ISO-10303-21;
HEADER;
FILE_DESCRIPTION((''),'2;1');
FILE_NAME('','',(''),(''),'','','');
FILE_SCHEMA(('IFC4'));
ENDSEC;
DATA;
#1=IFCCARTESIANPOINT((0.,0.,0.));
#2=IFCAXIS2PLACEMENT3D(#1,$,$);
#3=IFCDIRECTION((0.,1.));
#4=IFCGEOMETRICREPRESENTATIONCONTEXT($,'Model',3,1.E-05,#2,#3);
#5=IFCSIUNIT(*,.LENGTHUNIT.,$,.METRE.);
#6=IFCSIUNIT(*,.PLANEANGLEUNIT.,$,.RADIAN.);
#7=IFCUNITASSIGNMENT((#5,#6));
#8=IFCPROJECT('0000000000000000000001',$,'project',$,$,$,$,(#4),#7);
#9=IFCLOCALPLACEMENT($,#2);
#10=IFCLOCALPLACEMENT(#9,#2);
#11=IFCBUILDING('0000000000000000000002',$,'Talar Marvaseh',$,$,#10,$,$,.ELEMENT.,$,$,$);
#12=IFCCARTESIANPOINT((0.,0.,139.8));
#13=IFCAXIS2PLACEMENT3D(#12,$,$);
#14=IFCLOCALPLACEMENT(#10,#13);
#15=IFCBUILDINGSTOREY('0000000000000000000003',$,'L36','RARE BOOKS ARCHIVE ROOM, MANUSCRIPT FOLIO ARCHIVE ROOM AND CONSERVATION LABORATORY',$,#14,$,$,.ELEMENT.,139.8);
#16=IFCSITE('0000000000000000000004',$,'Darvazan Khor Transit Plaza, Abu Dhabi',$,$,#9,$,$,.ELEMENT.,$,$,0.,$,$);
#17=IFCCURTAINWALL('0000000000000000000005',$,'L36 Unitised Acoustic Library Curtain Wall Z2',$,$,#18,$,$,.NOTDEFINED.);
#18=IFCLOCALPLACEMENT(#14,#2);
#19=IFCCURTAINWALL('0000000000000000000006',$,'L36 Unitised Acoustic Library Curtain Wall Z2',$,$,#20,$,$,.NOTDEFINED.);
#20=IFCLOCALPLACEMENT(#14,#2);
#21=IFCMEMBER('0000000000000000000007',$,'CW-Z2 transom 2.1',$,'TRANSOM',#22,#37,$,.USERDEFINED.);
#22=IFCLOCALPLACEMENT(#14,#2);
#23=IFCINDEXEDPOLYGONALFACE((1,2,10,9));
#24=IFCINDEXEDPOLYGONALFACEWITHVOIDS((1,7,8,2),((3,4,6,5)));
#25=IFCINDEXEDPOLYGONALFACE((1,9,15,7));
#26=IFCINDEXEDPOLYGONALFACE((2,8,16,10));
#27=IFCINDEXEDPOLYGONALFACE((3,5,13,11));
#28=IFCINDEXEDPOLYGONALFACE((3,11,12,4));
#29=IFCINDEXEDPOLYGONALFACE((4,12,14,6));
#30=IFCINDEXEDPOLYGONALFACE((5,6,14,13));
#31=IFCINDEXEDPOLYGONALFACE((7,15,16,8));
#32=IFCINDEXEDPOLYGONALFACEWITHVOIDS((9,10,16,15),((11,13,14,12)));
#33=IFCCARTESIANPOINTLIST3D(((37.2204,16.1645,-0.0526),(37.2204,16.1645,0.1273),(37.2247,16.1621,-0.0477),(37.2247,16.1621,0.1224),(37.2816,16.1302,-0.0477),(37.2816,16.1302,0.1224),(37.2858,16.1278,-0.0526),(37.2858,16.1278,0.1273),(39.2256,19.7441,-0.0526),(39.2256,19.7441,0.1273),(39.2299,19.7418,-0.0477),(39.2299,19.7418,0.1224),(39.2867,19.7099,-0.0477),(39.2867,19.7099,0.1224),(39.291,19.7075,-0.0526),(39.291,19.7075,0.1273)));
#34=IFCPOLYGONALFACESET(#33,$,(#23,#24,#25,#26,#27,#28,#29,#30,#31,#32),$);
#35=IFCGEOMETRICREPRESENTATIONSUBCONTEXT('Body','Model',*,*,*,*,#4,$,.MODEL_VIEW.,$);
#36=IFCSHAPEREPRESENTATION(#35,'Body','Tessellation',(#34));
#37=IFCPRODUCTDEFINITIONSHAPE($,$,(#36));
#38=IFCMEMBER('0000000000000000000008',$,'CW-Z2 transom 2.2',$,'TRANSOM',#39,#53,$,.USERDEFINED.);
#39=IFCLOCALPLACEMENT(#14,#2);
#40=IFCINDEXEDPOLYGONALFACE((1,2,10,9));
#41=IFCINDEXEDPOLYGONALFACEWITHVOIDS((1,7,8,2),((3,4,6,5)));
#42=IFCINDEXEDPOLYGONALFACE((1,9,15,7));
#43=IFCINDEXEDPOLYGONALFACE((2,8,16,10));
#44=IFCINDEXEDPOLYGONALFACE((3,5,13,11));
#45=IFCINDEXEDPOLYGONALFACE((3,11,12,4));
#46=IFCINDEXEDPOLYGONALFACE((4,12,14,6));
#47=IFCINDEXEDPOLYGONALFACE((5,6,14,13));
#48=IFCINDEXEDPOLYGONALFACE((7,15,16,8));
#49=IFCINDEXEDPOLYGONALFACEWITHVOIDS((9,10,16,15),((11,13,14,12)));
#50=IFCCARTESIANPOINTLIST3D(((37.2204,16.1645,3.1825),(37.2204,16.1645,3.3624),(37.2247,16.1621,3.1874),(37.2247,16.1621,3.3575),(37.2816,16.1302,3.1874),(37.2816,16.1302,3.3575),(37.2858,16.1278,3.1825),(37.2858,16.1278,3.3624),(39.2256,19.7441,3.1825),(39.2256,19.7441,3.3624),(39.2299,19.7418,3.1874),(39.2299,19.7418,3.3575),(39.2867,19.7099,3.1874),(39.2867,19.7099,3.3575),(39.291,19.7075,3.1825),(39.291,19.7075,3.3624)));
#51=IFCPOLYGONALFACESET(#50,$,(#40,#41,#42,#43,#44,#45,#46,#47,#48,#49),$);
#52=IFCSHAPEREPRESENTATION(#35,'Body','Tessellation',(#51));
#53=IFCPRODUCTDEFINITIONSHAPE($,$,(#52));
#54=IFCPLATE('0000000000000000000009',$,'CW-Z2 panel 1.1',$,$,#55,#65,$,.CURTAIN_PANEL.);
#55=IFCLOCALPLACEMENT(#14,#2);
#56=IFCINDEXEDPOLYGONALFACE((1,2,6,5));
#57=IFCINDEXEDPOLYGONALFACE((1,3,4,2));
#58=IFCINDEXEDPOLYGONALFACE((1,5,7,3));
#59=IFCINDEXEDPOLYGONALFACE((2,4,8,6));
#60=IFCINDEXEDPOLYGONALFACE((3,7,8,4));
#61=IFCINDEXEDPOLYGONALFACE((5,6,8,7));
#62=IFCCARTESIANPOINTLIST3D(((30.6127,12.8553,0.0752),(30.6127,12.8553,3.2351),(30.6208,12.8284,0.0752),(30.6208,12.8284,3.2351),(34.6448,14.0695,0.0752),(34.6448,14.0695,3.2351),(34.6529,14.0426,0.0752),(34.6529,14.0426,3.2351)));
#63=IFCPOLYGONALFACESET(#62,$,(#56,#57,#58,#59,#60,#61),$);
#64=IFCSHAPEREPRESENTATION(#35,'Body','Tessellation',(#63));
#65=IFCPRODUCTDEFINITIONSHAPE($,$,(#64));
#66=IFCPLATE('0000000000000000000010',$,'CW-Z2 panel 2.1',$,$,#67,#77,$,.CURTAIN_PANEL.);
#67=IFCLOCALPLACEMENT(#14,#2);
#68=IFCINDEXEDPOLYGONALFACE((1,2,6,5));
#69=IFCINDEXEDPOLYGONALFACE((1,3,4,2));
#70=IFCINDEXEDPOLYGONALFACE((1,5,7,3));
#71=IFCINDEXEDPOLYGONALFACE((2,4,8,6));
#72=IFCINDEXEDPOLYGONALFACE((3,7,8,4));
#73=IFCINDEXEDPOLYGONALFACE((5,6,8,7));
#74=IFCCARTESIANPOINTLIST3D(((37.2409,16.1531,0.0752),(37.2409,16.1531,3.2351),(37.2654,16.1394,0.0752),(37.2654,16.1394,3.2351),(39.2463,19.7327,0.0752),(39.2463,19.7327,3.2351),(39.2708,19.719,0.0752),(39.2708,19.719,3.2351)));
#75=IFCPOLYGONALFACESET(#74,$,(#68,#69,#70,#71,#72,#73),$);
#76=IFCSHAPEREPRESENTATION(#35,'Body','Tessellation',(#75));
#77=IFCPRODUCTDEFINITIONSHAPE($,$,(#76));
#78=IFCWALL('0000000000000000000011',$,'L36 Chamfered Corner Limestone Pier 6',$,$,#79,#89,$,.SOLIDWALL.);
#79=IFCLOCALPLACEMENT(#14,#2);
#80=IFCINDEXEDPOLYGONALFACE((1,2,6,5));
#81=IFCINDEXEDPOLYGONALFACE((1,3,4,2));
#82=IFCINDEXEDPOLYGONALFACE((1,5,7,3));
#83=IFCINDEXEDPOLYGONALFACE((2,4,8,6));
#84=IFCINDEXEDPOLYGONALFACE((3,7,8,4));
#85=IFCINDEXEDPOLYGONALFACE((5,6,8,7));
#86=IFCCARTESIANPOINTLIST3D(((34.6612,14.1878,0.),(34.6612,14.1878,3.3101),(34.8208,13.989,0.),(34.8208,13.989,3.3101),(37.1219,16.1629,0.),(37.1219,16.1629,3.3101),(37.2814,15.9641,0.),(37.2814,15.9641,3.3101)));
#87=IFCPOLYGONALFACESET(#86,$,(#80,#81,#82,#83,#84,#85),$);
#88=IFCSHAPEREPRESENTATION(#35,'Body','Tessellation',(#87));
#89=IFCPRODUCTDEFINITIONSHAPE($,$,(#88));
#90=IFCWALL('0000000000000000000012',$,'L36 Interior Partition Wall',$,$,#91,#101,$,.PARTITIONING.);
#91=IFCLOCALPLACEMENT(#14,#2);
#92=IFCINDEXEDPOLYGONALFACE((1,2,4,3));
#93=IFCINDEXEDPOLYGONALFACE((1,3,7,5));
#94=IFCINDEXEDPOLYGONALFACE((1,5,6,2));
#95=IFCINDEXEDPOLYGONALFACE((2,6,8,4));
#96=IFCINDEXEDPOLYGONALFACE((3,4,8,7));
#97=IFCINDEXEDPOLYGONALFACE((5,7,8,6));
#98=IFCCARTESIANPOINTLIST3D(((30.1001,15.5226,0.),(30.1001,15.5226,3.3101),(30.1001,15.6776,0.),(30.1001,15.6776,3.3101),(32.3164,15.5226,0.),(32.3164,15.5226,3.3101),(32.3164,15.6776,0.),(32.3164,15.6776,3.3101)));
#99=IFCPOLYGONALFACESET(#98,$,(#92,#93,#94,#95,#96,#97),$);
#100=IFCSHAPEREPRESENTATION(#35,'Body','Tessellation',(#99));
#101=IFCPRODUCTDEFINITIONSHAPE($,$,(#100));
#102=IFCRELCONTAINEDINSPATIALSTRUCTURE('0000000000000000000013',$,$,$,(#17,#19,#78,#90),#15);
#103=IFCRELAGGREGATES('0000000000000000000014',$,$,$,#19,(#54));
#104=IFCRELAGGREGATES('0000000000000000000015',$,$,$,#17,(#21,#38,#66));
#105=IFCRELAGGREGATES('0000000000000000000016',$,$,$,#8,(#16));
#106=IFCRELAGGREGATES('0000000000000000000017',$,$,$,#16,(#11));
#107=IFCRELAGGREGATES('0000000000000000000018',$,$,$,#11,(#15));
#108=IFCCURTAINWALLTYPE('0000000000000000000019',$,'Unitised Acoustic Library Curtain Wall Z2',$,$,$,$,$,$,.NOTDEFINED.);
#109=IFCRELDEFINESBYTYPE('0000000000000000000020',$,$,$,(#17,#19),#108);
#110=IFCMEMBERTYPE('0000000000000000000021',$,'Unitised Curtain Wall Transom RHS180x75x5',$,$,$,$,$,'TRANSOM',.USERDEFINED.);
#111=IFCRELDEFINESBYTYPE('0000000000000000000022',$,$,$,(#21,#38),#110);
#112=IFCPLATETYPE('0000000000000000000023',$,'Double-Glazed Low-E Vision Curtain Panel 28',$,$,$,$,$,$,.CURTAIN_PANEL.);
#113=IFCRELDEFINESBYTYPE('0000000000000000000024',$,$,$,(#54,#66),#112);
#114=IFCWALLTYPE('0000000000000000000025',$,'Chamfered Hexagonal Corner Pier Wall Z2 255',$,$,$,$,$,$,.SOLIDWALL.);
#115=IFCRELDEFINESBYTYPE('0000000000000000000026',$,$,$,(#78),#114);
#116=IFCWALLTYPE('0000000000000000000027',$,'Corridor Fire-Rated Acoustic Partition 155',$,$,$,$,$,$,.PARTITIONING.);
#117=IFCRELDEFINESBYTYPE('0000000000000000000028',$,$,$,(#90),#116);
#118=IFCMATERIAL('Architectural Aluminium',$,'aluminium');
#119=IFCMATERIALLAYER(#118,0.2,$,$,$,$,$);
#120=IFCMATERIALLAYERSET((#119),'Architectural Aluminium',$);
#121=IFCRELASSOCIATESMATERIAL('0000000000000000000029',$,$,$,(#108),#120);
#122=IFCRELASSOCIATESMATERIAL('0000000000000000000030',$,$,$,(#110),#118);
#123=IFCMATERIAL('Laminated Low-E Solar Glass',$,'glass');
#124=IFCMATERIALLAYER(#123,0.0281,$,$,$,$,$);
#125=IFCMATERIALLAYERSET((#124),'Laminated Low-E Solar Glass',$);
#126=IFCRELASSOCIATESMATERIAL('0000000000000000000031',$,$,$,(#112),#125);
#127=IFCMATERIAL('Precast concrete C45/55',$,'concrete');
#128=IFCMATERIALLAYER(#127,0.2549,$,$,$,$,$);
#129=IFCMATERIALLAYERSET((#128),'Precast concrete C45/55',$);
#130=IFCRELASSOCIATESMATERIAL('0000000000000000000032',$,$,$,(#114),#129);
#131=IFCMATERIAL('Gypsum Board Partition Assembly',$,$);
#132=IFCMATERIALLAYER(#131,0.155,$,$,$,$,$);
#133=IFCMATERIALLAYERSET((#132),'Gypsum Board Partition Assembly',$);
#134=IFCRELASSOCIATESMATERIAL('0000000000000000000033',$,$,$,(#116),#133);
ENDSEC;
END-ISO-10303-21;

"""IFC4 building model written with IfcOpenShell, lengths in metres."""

from ifc_helpers import new_model, si_unit, direction, frame, frame_2d, origin, origin_2d, place, context, subcontext, project, spatial, rectangle, hollow_rectangle, extrude, source, transform, mapped, material, layer, layer_set, material_profile, profile_set, type_object, type_shapes, element, aggregate, save


model = new_model("IFC4")

# Units and contexts
model_context = context("Model", 3, precision=1e-05, world=origin(), true_north=direction((0.0, 1.0)))
body_context = subcontext(model_context, "Body", "Model", "MODEL_VIEW")
ifc_project = project(units=[si_unit("LENGTHUNIT", "METRE"), si_unit("PLANEANGLEUNIT", "RADIAN")], contexts=[model_context])

# Site, building, storey
site_placement = place(None, origin())
site = spatial("IfcSite", under=ifc_project, at=site_placement, Name="Darvazan Khor Transit Plaza, Abu Dhabi", CompositionType="ELEMENT", RefElevation=0.0)
building_placement = place(site_placement, origin())
building = spatial("IfcBuilding", under=site, at=building_placement, Name="Talar Marvaseh", CompositionType="ELEMENT")
storey_placement = place(building_placement, frame((0.0, 0.0, 139.8)))
storey = spatial("IfcBuildingStorey", under=building, at=storey_placement, Name="L36", Description="RARE BOOKS ARCHIVE ROOM, MANUSCRIPT FOLIO ARCHIVE ROOM AND CONSERVATION LABORATORY", CompositionType="ELEMENT", Elevation=139.8)

# Curtain walls
ifc_material_1 = material(Name="Architectural Aluminium", Category="aluminium")
ifc_layer_1 = layer(ifc_material_1, 0.2)
ifc_layer_set_1 = layer_set([ifc_layer_1], Name="Architectural Aluminium")
curtain_wall_type = type_object("IfcCurtainWallType", Name="Unitised Acoustic Library Curtain Wall Z2", PredefinedType="NOTDEFINED", material=ifc_layer_set_1)
curtain_wall_1_placement = place(storey_placement, origin())
curtain_wall_1 = element("IfcCurtainWall", 1, at=curtain_wall_1_placement, inside=storey, type_object=curtain_wall_type, Name="L36 Unitised Acoustic Library Curtain Wall Z2", PredefinedType="NOTDEFINED")
curtain_wall_2_placement = place(storey_placement, origin())
curtain_wall_2 = element("IfcCurtainWall", 2, at=curtain_wall_2_placement, inside=storey, type_object=curtain_wall_type, Name="L36 Unitised Acoustic Library Curtain Wall Z2", PredefinedType="NOTDEFINED")
ifc_material_profile_1 = material_profile(ifc_material_1, hollow_rectangle(XDim=0.075, YDim=0.1799, WallThickness=0.0049, at=origin_2d()), Name="RHS180x75x5")
ifc_profile_set_1 = profile_set([ifc_material_profile_1], Name="Architectural Aluminium")
member_type_1 = type_object("IfcMemberType", Name="Unitised Curtain Wall Transom RHS180x75x5", ElementType="TRANSOM", PredefinedType="USERDEFINED", material=ifc_profile_set_1)

# Members
shared_shape_1 = source(origin(), body_context, "Body", "SweptSolid", [
    extrude(hollow_rectangle(XDim=0.075, YDim=0.1799, WallThickness=0.0049, at=origin_2d()), origin(), (0.0, 0.0, 1.0), 4.103),
])
member_1_placement = place(storey_placement, frame((39.2583, 19.7258, 0.0374), z_axis=(-0.488707, -0.872448, 0.0), x_axis=(0.872448, -0.488707, 0.0)))
member_1 = element("IfcMember", 3, at=member_1_placement, type_object=member_type_1, Name="CW-Z2 transom 2.1", ObjectType="TRANSOM", PredefinedType="USERDEFINED", context=body_context, shape_type="MappedRepresentation", body=[
    mapped(shared_shape_1, transform((0.0, 0.0, 0.0), x_axis=(1.0, 0.0, 0.0), y_axis=(0.0, 1.0, 0.0), z_axis=(0.0, 0.0, 1.0), scale=1.0)),
])
member_2_placement = place(storey_placement, frame((39.2583, 19.7258, 3.2725), z_axis=(-0.488707, -0.872448, 0.0), x_axis=(0.872448, -0.488707, 0.0)))
member_2 = element("IfcMember", 4, at=member_2_placement, type_object=member_type_1, Name="CW-Z2 transom 2.2", ObjectType="TRANSOM", PredefinedType="USERDEFINED", context=body_context, shape_type="MappedRepresentation", body=[
    mapped(shared_shape_1, transform((0.0, 0.0, 0.0), x_axis=(1.0, 0.0, 0.0), y_axis=(0.0, 1.0, 0.0), z_axis=(0.0, 0.0, 1.0), scale=1.0)),
])

# Plates
ifc_material_2 = material(Name="Laminated Low-E Solar Glass", Category="glass")
ifc_layer_2 = layer(ifc_material_2, 0.0281)
ifc_layer_set_2 = layer_set([ifc_layer_2], Name="Laminated Low-E Solar Glass")
plate_type = type_object("IfcPlateType", Name="Double-Glazed Low-E Vision Curtain Panel 28", PredefinedType="CURTAIN_PANEL", material=ifc_layer_set_2)
shared_shape_2 = source(origin(), body_context, "Body", "SweptSolid", [
    extrude(rectangle(XDim=4.2109, YDim=0.0281, at=origin_2d()), origin(), (0.0, 0.0, 1.0), 3.1599),
])
plate_1_placement = place(storey_placement, frame((32.6328, 13.449, 0.0752), z_axis=(0.0, 0.0, 1.0), x_axis=(-0.957527, -0.288343, 0.0)))
plate_1 = element("IfcPlate", 5, at=plate_1_placement, type_object=plate_type, Name="CW-Z2 panel 1.1", PredefinedType="CURTAIN_PANEL", context=body_context, shape_type="MappedRepresentation", body=[
    mapped(shared_shape_2, transform((0.0, 0.0, 0.0), x_axis=(1.0, 0.0, 0.0), y_axis=(0.0, 1.0, 0.0), z_axis=(0.0, 0.0, 1.0), scale=1.0)),
])
aggregate(curtain_wall_2, [plate_1])
shared_shape_3 = source(origin(), body_context, "Body", "SweptSolid", [
    extrude(rectangle(XDim=4.103, YDim=0.0281, at=origin_2d()), origin(), (0.0, 0.0, 1.0), 3.1599),
])
type_shapes(plate_type, [shared_shape_2, shared_shape_3])
plate_2_placement = place(storey_placement, frame((38.2559, 17.936, 0.0752), z_axis=(0.0, 0.0, 1.0), x_axis=(-0.48876, -0.872418, 0.0)))
plate_2 = element("IfcPlate", 6, at=plate_2_placement, type_object=plate_type, Name="CW-Z2 panel 2.1", PredefinedType="CURTAIN_PANEL", context=body_context, shape_type="MappedRepresentation", body=[
    mapped(shared_shape_3, transform((0.0, 0.0, 0.0), x_axis=(1.0, 0.0, 0.0), y_axis=(0.0, 1.0, 0.0), z_axis=(0.0, 0.0, 1.0), scale=1.0)),
])
aggregate(curtain_wall_1, [member_1, member_2, plate_2])

# Walls
ifc_material_3 = material(Name="Precast concrete C45/55", Category="concrete")
ifc_layer_3 = layer(ifc_material_3, 0.2549)
ifc_layer_set_3 = layer_set([ifc_layer_3], Name="Precast concrete C45/55")
wall_type_1 = type_object("IfcWallType", Name="Chamfered Hexagonal Corner Pier Wall Z2 255", PredefinedType="SOLIDWALL", material=ifc_layer_set_3)
wall_1_placement = place(storey_placement, frame((37.2017, 16.0635, 0.0), z_axis=(0.0, 0.0, 1.0), x_axis=(-0.779856, -0.625959, 0.0)))
element("IfcWall", 7, at=wall_1_placement, inside=storey, type_object=wall_type_1, Name="L36 Chamfered Corner Limestone Pier 6", PredefinedType="SOLIDWALL", context=body_context, shape_type="SweptSolid", body=[
    extrude(rectangle(XDim=3.1553, YDim=0.2549, at=frame_2d((1.5776, 0.0))), origin(), (0.0, 0.0, 1.0), 3.3101),
])
ifc_material_4 = material(Name="Gypsum Board Partition Assembly")
ifc_layer_4 = layer(ifc_material_4, 0.155)
ifc_layer_set_4 = layer_set([ifc_layer_4], Name="Gypsum Board Partition Assembly")
wall_type_2 = type_object("IfcWallType", Name="Corridor Fire-Rated Acoustic Partition 155", PredefinedType="PARTITIONING", material=ifc_layer_set_4)
wall_2_placement = place(storey_placement, frame((32.3164, 15.6001, 0.0), z_axis=(0.0, 0.0, 1.0), x_axis=(-1.0, 0.0, 0.0)))
element("IfcWall", 8, at=wall_2_placement, inside=storey, type_object=wall_type_2, Name="L36 Interior Partition Wall", PredefinedType="PARTITIONING", context=body_context, shape_type="SweptSolid", body=[
    extrude(rectangle(XDim=2.2163, YDim=0.155, at=frame_2d((1.1082, 0.0))), origin(), (0.0, 0.0, 1.0), 3.3101),
])

save(model, "model.ifc")
